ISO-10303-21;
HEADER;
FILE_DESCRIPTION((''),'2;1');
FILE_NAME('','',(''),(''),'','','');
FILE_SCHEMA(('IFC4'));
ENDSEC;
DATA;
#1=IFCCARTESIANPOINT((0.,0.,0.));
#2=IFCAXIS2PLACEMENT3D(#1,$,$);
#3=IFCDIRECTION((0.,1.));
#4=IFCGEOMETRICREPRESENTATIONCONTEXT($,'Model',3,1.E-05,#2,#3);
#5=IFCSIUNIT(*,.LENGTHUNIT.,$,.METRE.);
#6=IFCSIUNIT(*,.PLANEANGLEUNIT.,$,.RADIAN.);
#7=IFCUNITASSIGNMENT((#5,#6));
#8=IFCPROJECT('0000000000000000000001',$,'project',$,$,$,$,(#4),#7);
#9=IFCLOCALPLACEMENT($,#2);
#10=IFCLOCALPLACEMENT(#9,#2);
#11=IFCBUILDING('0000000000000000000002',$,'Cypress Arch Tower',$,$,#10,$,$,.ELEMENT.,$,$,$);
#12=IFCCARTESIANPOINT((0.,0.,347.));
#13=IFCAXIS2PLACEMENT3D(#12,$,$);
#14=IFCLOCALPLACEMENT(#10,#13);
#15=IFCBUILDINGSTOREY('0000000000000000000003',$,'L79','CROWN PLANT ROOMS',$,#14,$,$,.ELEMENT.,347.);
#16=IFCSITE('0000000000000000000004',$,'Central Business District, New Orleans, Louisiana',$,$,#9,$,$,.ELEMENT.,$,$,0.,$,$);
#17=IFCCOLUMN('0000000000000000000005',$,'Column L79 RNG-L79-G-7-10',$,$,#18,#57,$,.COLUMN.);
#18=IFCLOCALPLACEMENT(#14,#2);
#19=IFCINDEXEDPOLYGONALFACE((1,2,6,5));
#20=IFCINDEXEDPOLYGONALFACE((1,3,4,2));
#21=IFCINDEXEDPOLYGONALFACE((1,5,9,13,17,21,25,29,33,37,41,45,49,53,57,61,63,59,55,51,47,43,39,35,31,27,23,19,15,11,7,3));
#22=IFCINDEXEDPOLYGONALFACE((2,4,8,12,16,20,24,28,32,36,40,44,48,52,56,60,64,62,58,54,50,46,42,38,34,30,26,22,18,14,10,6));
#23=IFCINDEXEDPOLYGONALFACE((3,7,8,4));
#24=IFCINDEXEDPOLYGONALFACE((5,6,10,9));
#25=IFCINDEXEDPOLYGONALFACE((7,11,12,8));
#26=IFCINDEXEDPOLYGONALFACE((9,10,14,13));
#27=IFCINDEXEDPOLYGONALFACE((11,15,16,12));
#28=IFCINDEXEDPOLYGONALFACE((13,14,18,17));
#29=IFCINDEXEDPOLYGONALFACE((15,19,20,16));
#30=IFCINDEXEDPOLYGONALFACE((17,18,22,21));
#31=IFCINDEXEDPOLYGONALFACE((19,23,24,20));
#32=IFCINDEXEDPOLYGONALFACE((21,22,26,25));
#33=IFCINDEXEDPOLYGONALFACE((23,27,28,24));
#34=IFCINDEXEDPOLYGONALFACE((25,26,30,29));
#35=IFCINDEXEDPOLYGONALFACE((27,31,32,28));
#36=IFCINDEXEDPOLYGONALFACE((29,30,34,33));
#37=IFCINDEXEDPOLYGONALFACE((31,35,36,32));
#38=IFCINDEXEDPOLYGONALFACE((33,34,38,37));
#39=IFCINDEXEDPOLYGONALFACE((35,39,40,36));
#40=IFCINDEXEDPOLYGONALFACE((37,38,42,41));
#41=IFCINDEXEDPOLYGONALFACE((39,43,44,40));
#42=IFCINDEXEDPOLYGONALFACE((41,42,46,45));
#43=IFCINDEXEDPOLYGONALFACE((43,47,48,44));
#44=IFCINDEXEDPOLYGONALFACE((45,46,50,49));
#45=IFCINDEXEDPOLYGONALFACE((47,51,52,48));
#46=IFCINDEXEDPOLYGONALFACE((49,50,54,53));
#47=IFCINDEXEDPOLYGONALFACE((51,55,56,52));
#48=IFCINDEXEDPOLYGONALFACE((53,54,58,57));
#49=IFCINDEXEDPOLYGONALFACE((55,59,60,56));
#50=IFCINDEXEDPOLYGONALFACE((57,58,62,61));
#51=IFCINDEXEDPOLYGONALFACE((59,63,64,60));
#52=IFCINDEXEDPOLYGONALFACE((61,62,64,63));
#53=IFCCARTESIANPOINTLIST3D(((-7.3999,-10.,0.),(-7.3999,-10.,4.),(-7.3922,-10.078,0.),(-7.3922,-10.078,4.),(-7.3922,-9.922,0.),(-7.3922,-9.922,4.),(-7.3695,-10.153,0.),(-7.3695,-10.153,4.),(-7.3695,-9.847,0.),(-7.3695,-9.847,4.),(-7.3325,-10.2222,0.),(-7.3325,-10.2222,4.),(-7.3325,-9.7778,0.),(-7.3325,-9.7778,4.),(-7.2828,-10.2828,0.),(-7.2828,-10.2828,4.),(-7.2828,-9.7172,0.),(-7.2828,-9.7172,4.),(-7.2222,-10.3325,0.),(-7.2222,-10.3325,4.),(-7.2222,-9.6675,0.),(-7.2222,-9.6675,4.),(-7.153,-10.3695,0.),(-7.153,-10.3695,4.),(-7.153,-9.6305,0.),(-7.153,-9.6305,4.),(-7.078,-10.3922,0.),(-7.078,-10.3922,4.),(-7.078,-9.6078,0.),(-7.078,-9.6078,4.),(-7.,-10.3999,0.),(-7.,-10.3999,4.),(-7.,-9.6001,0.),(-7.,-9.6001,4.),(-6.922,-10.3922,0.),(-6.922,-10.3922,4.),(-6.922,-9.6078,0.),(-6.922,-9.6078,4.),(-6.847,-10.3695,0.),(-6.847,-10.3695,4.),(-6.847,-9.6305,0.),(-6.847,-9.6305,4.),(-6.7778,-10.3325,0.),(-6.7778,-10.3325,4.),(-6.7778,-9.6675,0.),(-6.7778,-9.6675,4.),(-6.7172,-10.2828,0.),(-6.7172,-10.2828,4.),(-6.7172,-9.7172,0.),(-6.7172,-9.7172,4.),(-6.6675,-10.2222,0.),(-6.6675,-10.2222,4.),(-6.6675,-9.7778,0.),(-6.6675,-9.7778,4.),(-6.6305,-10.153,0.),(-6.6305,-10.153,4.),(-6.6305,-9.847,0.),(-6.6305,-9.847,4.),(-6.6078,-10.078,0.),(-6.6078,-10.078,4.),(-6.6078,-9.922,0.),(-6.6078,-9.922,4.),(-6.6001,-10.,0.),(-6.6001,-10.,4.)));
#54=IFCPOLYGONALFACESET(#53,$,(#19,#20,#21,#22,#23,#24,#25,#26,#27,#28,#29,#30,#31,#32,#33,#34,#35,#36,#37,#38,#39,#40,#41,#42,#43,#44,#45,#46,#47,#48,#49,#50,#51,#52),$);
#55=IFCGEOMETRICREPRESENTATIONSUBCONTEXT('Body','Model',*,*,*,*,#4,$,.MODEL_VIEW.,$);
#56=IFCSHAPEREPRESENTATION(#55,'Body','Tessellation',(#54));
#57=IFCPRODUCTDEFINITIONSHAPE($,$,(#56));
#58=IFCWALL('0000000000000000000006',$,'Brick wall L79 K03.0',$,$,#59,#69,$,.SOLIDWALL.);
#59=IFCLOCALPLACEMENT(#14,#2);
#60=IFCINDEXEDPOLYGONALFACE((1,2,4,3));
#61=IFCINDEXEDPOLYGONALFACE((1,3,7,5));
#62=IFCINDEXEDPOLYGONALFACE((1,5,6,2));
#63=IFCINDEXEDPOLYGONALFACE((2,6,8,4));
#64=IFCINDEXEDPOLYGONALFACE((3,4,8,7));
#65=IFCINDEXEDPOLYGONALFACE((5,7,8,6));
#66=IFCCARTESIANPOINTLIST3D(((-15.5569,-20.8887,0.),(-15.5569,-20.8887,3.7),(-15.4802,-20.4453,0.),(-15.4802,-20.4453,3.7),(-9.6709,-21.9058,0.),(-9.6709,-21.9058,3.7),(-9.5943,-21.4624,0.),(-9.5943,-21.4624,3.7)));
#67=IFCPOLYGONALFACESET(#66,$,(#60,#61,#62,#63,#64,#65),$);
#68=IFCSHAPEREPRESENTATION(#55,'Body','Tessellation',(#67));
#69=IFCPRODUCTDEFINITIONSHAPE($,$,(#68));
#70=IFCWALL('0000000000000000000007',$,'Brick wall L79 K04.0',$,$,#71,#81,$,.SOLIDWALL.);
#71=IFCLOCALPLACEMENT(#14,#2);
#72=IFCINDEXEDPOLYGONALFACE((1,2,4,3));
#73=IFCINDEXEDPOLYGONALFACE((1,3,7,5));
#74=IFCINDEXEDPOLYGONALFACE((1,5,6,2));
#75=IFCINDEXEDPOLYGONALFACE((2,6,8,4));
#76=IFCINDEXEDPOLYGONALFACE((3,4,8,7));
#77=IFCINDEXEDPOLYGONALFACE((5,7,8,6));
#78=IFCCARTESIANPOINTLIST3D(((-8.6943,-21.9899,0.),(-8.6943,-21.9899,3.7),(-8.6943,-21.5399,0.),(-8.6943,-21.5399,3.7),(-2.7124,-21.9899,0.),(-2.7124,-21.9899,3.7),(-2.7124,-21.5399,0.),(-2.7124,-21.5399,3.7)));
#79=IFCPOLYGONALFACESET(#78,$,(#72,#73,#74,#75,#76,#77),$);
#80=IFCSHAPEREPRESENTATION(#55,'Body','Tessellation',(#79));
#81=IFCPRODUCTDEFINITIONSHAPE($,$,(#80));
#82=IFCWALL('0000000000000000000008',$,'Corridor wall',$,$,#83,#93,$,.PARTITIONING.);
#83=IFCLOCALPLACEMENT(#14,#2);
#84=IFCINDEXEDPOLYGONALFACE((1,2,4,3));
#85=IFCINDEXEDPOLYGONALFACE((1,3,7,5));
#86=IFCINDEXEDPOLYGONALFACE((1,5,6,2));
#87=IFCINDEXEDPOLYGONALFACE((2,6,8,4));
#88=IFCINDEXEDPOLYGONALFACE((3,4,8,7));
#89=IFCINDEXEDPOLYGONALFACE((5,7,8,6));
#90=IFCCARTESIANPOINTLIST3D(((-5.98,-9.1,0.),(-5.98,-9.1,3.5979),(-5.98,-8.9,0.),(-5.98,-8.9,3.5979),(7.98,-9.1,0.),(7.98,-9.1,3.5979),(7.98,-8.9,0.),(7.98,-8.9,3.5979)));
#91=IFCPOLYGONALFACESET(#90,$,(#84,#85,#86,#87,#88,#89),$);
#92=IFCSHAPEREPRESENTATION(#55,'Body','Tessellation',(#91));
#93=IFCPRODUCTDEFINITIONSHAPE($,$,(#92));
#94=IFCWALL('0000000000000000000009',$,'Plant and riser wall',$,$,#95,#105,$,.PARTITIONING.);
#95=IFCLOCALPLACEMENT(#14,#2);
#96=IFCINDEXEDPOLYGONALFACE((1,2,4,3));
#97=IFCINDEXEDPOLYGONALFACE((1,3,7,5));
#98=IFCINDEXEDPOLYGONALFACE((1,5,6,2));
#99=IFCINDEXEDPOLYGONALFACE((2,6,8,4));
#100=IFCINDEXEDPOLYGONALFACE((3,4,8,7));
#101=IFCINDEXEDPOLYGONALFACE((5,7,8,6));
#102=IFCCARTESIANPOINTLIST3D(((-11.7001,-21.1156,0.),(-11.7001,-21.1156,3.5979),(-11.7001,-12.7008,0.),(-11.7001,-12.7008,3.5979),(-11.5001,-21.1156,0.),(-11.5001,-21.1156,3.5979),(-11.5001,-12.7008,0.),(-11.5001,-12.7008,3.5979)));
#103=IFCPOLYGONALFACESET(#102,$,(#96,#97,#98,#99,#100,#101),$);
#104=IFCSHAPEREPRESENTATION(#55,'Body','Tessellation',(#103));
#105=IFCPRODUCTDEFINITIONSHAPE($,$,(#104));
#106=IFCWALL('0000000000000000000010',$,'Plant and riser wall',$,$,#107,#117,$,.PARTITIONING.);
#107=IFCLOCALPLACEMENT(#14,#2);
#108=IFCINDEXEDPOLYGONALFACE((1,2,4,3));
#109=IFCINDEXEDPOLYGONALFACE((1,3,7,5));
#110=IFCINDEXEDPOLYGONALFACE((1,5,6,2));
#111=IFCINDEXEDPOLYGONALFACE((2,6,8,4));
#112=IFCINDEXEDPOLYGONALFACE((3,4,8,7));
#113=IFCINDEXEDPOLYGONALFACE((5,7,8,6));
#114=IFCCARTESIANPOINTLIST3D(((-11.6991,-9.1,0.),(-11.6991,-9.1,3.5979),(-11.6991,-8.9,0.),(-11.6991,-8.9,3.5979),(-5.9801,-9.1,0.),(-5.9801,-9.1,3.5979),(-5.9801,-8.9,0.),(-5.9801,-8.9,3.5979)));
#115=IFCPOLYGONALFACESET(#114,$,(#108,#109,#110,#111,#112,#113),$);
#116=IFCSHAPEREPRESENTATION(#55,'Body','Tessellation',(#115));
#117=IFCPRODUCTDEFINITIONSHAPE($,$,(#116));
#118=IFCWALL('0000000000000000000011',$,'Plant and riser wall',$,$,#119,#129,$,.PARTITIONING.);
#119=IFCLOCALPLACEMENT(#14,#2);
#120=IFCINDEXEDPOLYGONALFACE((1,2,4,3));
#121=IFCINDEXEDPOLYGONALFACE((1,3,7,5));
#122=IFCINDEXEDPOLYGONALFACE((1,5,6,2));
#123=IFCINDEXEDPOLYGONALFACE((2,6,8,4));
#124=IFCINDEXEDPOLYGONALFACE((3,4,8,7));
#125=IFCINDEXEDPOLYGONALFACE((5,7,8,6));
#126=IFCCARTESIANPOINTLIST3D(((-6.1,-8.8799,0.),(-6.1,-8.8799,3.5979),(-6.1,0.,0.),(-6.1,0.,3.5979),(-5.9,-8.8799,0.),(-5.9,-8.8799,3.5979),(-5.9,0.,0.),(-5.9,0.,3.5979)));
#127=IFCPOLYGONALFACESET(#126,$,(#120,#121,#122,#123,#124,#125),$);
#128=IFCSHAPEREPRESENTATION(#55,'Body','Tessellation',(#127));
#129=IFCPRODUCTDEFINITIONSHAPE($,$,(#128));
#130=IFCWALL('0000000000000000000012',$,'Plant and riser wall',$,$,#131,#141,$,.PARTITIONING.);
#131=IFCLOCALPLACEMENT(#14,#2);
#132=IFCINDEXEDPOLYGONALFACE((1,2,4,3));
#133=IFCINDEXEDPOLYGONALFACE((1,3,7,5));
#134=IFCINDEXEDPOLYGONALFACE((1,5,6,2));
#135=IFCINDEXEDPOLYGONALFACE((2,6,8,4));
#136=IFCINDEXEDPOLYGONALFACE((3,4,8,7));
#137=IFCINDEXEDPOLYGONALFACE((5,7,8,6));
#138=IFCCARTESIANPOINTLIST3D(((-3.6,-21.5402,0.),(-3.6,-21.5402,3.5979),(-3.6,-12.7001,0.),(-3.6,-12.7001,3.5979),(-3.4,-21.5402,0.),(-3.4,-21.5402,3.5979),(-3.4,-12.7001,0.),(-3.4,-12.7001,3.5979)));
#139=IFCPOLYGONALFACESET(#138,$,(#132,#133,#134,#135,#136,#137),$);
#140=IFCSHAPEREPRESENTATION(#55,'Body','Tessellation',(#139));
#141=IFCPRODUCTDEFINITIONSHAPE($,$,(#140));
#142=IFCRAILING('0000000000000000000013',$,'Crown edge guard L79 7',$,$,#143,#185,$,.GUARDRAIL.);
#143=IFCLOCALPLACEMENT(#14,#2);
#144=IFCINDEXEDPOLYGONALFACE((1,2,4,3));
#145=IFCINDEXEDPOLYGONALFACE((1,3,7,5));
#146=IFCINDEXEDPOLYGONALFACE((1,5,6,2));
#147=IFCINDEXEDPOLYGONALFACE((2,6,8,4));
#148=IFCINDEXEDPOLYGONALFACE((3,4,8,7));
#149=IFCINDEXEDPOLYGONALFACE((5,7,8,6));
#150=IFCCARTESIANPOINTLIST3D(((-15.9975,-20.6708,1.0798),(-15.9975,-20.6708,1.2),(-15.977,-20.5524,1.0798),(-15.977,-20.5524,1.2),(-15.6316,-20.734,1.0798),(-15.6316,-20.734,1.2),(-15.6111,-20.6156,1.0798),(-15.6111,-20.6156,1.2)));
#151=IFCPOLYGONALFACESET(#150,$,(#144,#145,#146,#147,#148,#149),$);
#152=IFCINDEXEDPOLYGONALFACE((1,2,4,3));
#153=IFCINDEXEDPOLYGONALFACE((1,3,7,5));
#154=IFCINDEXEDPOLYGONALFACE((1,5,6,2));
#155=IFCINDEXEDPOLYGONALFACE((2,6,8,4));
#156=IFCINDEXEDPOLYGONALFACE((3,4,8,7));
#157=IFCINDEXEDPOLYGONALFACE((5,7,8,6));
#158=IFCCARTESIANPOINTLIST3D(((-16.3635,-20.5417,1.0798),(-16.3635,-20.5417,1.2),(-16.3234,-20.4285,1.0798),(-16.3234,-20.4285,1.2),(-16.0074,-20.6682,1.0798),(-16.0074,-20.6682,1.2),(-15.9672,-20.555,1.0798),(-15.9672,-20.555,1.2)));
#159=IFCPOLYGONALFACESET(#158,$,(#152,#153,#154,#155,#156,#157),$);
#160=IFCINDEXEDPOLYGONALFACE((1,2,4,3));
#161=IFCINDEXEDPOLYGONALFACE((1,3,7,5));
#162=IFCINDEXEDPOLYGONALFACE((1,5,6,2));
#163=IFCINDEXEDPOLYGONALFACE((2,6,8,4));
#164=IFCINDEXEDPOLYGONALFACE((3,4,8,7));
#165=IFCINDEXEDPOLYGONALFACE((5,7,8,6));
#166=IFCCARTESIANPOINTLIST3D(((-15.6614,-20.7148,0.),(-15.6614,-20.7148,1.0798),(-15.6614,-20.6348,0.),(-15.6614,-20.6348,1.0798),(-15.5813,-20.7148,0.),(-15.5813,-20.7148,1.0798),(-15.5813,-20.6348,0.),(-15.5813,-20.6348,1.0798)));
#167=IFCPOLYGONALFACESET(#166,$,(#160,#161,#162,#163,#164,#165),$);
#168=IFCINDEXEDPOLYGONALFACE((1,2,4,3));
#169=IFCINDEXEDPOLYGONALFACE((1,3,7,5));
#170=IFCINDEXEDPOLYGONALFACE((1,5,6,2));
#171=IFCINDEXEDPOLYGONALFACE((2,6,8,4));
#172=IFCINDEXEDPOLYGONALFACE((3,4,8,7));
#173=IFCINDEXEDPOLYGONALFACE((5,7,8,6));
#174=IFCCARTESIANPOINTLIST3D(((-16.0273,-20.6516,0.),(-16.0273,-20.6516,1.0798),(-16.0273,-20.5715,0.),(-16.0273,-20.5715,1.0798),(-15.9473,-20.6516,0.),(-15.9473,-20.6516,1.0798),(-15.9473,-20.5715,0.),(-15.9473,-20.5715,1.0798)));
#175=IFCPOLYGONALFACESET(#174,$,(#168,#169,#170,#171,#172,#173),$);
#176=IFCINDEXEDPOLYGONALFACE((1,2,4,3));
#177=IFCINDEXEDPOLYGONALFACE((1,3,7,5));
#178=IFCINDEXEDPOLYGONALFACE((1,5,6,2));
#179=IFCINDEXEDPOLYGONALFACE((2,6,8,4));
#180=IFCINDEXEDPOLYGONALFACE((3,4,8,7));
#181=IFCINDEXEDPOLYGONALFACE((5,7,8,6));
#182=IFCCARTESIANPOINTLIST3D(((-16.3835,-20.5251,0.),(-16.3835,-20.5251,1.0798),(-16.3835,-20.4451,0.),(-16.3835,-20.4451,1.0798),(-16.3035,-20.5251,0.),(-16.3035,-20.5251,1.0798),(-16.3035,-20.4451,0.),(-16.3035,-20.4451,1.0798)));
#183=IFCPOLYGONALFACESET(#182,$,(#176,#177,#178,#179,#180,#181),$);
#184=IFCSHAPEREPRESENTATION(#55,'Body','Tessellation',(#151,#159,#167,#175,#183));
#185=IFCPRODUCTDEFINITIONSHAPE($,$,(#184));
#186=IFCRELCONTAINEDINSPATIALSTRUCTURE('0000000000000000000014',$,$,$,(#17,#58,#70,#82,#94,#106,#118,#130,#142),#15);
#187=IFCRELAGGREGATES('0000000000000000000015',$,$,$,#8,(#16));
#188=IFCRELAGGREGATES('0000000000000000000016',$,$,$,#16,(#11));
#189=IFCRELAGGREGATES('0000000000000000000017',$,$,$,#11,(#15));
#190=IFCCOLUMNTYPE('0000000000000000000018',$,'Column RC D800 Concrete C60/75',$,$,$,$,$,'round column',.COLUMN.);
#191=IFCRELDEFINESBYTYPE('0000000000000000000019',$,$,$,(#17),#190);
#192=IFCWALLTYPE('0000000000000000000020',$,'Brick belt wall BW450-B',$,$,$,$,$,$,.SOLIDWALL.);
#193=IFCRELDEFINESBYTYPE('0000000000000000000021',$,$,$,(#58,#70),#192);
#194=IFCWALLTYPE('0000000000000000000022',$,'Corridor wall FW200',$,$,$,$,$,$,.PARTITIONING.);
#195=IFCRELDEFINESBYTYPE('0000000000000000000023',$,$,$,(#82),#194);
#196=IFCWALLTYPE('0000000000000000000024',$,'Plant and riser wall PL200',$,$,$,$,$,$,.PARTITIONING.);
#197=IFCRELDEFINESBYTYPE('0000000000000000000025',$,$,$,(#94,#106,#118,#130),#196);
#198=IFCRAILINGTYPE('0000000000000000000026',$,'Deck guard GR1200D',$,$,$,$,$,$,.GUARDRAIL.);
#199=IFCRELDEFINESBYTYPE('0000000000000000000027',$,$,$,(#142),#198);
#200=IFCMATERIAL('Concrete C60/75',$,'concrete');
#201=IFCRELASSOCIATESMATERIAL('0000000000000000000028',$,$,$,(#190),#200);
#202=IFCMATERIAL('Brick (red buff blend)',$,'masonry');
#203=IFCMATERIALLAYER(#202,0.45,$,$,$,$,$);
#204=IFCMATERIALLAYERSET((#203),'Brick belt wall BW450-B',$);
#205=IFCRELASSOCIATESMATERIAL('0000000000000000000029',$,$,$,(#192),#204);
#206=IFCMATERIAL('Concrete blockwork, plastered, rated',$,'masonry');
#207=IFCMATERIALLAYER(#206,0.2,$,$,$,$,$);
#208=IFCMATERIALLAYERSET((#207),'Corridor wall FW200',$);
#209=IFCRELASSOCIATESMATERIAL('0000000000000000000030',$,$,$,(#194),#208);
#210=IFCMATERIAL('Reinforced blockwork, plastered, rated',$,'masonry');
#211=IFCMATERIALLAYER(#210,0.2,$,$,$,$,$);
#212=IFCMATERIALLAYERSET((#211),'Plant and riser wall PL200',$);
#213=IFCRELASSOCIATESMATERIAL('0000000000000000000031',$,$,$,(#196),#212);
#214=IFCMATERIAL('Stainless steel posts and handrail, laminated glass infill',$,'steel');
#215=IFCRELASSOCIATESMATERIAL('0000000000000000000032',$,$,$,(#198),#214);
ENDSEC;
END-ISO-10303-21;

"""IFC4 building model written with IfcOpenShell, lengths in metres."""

from ifc_helpers import new_model, si_unit, direction, frame, frame_2d, origin, origin_2d, place, context, subcontext, project, spatial, rectangle, circle, extrude, material, layer, layer_set, material_profile, profile_set, type_object, element, save


model = new_model("IFC4")

# Units and contexts
model_context = context("Model", 3, precision=1e-05, world=origin(), true_north=direction((0.0, 1.0)))
body_context = subcontext(model_context, "Body", "Model", "MODEL_VIEW")
ifc_project = project(units=[si_unit("LENGTHUNIT", "METRE"), si_unit("PLANEANGLEUNIT", "RADIAN")], contexts=[model_context])

# Site, building, storey
site_placement = place(None, origin())
site = spatial("IfcSite", under=ifc_project, at=site_placement, Name="Central Business District, New Orleans, Louisiana", CompositionType="ELEMENT", RefElevation=0.0)
building_placement = place(site_placement, origin())
building = spatial("IfcBuilding", under=site, at=building_placement, Name="Cypress Arch Tower", CompositionType="ELEMENT")
storey_placement = place(building_placement, frame((0.0, 0.0, 347.0)))
storey = spatial("IfcBuildingStorey", under=building, at=storey_placement, Name="L79", Description="CROWN PLANT ROOMS", CompositionType="ELEMENT", Elevation=347.0)

# Column
ifc_material_1 = material(Name="Concrete C60/75", Category="concrete")
ifc_material_profile = material_profile(ifc_material_1, circle(Radius=0.3999, at=origin_2d()), Name="RC D800")
ifc_profile_set = profile_set([ifc_material_profile], Name="Concrete C60/75")
column_type = type_object("IfcColumnType", Name="Column RC D800 Concrete C60/75", ElementType="round column", PredefinedType="COLUMN", material=ifc_profile_set)
column_placement = place(storey_placement, frame((-7.0, -10.0, 0.0), z_axis=(0.0, 0.0, 1.0), x_axis=(1.0, 0.0, 0.0)))
element("IfcColumn", 1, at=column_placement, inside=storey, type_object=column_type, Name="Column L79 RNG-L79-G-7-10", PredefinedType="COLUMN", context=body_context, shape_type="SweptSolid", body=[
    extrude(circle(Radius=0.3999, at=origin_2d()), origin(), (0.0, 0.0, 1.0), 4.0),
])

# Walls
ifc_material_2 = material(Name="Brick (red buff blend)", Category="masonry")
ifc_layer_1 = layer(ifc_material_2, 0.45)
ifc_layer_set_1 = layer_set([ifc_layer_1], Name="Brick belt wall BW450-B")
wall_type_1 = type_object("IfcWallType", Name="Brick belt wall BW450-B", PredefinedType="SOLIDWALL", material=ifc_layer_set_1)
wall_1_placement = place(storey_placement, frame((-15.5186, -20.667, 0.0), z_axis=(0.0, 0.0, 1.0), x_axis=(0.985397, -0.170275, 0.0)))
element("IfcWall", 2, at=wall_1_placement, inside=storey, type_object=wall_type_1, Name="Brick wall L79 K03.0", PredefinedType="SOLIDWALL", context=body_context, shape_type="SweptSolid", body=[
    extrude(rectangle(XDim=5.9731, YDim=0.45, at=frame_2d((2.9866, 0.0))), origin(), (0.0, 0.0, 1.0), 3.7),
])
wall_2_placement = place(storey_placement, frame((-8.6943, -21.7649, 0.0), z_axis=(0.0, 0.0, 1.0), x_axis=(1.0, 0.0, 0.0)))
element("IfcWall", 3, at=wall_2_placement, inside=storey, type_object=wall_type_1, Name="Brick wall L79 K04.0", PredefinedType="SOLIDWALL", context=body_context, shape_type="SweptSolid", body=[
    extrude(rectangle(XDim=5.9819, YDim=0.45, at=frame_2d((2.991, 0.0))), origin(), (0.0, 0.0, 1.0), 3.7),
])

# Wall
ifc_material_3 = material(Name="Concrete blockwork, plastered, rated", Category="masonry")
ifc_layer_2 = layer(ifc_material_3, 0.2)
ifc_layer_set_2 = layer_set([ifc_layer_2], Name="Corridor wall FW200")
wall_type_2 = type_object("IfcWallType", Name="Corridor wall FW200", PredefinedType="PARTITIONING", material=ifc_layer_set_2)
wall_3_placement = place(storey_placement, frame((-5.98, -9.0, 0.0), z_axis=(0.0, 0.0, 1.0), x_axis=(1.0, 0.0, 0.0)))
element("IfcWall", 4, at=wall_3_placement, inside=storey, type_object=wall_type_2, Name="Corridor wall", PredefinedType="PARTITIONING", context=body_context, shape_type="SweptSolid", body=[
    extrude(rectangle(XDim=13.96, YDim=0.2, at=frame_2d((6.98, 0.0))), origin(), (0.0, 0.0, 1.0), 3.5979),
])

# Shared definitions
ifc_material_4 = material(Name="Reinforced blockwork, plastered, rated", Category="masonry")
ifc_layer_3 = layer(ifc_material_4, 0.2)
ifc_layer_set_3 = layer_set([ifc_layer_3], Name="Plant and riser wall PL200")
wall_type_3 = type_object("IfcWallType", Name="Plant and riser wall PL200", PredefinedType="PARTITIONING", material=ifc_layer_set_3)

# Wall
wall_4_placement = place(storey_placement, frame((-11.6001, -21.1157, 0.0), z_axis=(0.0, 0.0, 1.0), x_axis=(0.0, 1.0, 0.0)))
element("IfcWall", 5, at=wall_4_placement, inside=storey, type_object=wall_type_3, Name="Plant and riser wall", PredefinedType="PARTITIONING", context=body_context, shape_type="SweptSolid", body=[
    extrude(rectangle(XDim=8.4148, YDim=0.2, at=frame_2d((4.2075, 0.0))), origin(), (0.0, 0.0, 1.0), 3.5979),
])

# Walls
wall_5_placement = place(storey_placement, frame((-11.699, -9.0, 0.0), z_axis=(0.0, 0.0, 1.0), x_axis=(1.0, 0.0, 0.0)))
element("IfcWall", 6, at=wall_5_placement, inside=storey, type_object=wall_type_3, Name="Plant and riser wall", PredefinedType="PARTITIONING", context=body_context, shape_type="SweptSolid", body=[
    extrude(rectangle(XDim=5.719, YDim=0.2, at=frame_2d((2.8594, 0.0))), origin(), (0.0, 0.0, 1.0), 3.5979),
])
wall_6_placement = place(storey_placement, frame((-6.0, -8.8799, 0.0), z_axis=(0.0, 0.0, 1.0), x_axis=(0.0, 1.0, 0.0)))
element("IfcWall", 7, at=wall_6_placement, inside=storey, type_object=wall_type_3, Name="Plant and riser wall", PredefinedType="PARTITIONING", context=body_context, shape_type="SweptSolid", body=[
    extrude(rectangle(XDim=8.8799, YDim=0.2, at=frame_2d((4.4399, 0.0))), origin(), (0.0, 0.0, 1.0), 3.5979),
])
wall_7_placement = place(storey_placement, frame((-3.5, -21.54, 0.0), z_axis=(0.0, 0.0, 1.0), x_axis=(0.0, 1.0, 0.0)))
element("IfcWall", 8, at=wall_7_placement, inside=storey, type_object=wall_type_3, Name="Plant and riser wall", PredefinedType="PARTITIONING", context=body_context, shape_type="SweptSolid", body=[
    extrude(rectangle(XDim=8.8401, YDim=0.2, at=frame_2d((4.4199, 0.0))), origin(), (0.0, 0.0, 1.0), 3.5979),
])

# Railing
ifc_material_5 = material(Name="Stainless steel posts and handrail, laminated glass infill", Category="steel")
railing_type = type_object("IfcRailingType", Name="Deck guard GR1200D", PredefinedType="GUARDRAIL", material=ifc_material_5)
railing_1_placement = place(storey_placement, frame((-15.6213, -20.6748, 0.0)))
element("IfcRailing", 9, at=railing_1_placement, inside=storey, type_object=railing_type, Name="Crown edge guard L79 7", PredefinedType="GUARDRAIL", context=body_context, shape_type="SweptSolid", body=[
    extrude(rectangle(XDim=0.1201, YDim=0.1201, at=origin_2d()), frame((0.0, 0.0, 1.1399), z_axis=(-0.985399, 0.170259, 0.0), x_axis=(-0.170259, -0.985399, 0.0)), (0.0, 0.0, 1.0), 0.3713),
    extrude(rectangle(XDim=0.1201, YDim=0.1201, at=origin_2d()), frame((-0.366, 0.0632, 1.1399), z_axis=(-0.942369, 0.334576, 0.0), x_axis=(-0.334576, -0.942369, 0.0)), (0.0, 0.0, 1.0), 0.3779),
    extrude(rectangle(XDim=0.0801, YDim=0.0801, at=origin_2d()), origin(), (0.0, 0.0, 1.0), 1.0798),
    extrude(rectangle(XDim=0.0801, YDim=0.0801, at=origin_2d()), frame((-0.366, 0.0632, 0.0)), (0.0, 0.0, 1.0), 1.0798),
    extrude(rectangle(XDim=0.0801, YDim=0.0801, at=origin_2d()), frame((-0.7222, 0.1897, 0.0)), (0.0, 0.0, 1.0), 1.0798),
])

save(model, "model.ifc")
